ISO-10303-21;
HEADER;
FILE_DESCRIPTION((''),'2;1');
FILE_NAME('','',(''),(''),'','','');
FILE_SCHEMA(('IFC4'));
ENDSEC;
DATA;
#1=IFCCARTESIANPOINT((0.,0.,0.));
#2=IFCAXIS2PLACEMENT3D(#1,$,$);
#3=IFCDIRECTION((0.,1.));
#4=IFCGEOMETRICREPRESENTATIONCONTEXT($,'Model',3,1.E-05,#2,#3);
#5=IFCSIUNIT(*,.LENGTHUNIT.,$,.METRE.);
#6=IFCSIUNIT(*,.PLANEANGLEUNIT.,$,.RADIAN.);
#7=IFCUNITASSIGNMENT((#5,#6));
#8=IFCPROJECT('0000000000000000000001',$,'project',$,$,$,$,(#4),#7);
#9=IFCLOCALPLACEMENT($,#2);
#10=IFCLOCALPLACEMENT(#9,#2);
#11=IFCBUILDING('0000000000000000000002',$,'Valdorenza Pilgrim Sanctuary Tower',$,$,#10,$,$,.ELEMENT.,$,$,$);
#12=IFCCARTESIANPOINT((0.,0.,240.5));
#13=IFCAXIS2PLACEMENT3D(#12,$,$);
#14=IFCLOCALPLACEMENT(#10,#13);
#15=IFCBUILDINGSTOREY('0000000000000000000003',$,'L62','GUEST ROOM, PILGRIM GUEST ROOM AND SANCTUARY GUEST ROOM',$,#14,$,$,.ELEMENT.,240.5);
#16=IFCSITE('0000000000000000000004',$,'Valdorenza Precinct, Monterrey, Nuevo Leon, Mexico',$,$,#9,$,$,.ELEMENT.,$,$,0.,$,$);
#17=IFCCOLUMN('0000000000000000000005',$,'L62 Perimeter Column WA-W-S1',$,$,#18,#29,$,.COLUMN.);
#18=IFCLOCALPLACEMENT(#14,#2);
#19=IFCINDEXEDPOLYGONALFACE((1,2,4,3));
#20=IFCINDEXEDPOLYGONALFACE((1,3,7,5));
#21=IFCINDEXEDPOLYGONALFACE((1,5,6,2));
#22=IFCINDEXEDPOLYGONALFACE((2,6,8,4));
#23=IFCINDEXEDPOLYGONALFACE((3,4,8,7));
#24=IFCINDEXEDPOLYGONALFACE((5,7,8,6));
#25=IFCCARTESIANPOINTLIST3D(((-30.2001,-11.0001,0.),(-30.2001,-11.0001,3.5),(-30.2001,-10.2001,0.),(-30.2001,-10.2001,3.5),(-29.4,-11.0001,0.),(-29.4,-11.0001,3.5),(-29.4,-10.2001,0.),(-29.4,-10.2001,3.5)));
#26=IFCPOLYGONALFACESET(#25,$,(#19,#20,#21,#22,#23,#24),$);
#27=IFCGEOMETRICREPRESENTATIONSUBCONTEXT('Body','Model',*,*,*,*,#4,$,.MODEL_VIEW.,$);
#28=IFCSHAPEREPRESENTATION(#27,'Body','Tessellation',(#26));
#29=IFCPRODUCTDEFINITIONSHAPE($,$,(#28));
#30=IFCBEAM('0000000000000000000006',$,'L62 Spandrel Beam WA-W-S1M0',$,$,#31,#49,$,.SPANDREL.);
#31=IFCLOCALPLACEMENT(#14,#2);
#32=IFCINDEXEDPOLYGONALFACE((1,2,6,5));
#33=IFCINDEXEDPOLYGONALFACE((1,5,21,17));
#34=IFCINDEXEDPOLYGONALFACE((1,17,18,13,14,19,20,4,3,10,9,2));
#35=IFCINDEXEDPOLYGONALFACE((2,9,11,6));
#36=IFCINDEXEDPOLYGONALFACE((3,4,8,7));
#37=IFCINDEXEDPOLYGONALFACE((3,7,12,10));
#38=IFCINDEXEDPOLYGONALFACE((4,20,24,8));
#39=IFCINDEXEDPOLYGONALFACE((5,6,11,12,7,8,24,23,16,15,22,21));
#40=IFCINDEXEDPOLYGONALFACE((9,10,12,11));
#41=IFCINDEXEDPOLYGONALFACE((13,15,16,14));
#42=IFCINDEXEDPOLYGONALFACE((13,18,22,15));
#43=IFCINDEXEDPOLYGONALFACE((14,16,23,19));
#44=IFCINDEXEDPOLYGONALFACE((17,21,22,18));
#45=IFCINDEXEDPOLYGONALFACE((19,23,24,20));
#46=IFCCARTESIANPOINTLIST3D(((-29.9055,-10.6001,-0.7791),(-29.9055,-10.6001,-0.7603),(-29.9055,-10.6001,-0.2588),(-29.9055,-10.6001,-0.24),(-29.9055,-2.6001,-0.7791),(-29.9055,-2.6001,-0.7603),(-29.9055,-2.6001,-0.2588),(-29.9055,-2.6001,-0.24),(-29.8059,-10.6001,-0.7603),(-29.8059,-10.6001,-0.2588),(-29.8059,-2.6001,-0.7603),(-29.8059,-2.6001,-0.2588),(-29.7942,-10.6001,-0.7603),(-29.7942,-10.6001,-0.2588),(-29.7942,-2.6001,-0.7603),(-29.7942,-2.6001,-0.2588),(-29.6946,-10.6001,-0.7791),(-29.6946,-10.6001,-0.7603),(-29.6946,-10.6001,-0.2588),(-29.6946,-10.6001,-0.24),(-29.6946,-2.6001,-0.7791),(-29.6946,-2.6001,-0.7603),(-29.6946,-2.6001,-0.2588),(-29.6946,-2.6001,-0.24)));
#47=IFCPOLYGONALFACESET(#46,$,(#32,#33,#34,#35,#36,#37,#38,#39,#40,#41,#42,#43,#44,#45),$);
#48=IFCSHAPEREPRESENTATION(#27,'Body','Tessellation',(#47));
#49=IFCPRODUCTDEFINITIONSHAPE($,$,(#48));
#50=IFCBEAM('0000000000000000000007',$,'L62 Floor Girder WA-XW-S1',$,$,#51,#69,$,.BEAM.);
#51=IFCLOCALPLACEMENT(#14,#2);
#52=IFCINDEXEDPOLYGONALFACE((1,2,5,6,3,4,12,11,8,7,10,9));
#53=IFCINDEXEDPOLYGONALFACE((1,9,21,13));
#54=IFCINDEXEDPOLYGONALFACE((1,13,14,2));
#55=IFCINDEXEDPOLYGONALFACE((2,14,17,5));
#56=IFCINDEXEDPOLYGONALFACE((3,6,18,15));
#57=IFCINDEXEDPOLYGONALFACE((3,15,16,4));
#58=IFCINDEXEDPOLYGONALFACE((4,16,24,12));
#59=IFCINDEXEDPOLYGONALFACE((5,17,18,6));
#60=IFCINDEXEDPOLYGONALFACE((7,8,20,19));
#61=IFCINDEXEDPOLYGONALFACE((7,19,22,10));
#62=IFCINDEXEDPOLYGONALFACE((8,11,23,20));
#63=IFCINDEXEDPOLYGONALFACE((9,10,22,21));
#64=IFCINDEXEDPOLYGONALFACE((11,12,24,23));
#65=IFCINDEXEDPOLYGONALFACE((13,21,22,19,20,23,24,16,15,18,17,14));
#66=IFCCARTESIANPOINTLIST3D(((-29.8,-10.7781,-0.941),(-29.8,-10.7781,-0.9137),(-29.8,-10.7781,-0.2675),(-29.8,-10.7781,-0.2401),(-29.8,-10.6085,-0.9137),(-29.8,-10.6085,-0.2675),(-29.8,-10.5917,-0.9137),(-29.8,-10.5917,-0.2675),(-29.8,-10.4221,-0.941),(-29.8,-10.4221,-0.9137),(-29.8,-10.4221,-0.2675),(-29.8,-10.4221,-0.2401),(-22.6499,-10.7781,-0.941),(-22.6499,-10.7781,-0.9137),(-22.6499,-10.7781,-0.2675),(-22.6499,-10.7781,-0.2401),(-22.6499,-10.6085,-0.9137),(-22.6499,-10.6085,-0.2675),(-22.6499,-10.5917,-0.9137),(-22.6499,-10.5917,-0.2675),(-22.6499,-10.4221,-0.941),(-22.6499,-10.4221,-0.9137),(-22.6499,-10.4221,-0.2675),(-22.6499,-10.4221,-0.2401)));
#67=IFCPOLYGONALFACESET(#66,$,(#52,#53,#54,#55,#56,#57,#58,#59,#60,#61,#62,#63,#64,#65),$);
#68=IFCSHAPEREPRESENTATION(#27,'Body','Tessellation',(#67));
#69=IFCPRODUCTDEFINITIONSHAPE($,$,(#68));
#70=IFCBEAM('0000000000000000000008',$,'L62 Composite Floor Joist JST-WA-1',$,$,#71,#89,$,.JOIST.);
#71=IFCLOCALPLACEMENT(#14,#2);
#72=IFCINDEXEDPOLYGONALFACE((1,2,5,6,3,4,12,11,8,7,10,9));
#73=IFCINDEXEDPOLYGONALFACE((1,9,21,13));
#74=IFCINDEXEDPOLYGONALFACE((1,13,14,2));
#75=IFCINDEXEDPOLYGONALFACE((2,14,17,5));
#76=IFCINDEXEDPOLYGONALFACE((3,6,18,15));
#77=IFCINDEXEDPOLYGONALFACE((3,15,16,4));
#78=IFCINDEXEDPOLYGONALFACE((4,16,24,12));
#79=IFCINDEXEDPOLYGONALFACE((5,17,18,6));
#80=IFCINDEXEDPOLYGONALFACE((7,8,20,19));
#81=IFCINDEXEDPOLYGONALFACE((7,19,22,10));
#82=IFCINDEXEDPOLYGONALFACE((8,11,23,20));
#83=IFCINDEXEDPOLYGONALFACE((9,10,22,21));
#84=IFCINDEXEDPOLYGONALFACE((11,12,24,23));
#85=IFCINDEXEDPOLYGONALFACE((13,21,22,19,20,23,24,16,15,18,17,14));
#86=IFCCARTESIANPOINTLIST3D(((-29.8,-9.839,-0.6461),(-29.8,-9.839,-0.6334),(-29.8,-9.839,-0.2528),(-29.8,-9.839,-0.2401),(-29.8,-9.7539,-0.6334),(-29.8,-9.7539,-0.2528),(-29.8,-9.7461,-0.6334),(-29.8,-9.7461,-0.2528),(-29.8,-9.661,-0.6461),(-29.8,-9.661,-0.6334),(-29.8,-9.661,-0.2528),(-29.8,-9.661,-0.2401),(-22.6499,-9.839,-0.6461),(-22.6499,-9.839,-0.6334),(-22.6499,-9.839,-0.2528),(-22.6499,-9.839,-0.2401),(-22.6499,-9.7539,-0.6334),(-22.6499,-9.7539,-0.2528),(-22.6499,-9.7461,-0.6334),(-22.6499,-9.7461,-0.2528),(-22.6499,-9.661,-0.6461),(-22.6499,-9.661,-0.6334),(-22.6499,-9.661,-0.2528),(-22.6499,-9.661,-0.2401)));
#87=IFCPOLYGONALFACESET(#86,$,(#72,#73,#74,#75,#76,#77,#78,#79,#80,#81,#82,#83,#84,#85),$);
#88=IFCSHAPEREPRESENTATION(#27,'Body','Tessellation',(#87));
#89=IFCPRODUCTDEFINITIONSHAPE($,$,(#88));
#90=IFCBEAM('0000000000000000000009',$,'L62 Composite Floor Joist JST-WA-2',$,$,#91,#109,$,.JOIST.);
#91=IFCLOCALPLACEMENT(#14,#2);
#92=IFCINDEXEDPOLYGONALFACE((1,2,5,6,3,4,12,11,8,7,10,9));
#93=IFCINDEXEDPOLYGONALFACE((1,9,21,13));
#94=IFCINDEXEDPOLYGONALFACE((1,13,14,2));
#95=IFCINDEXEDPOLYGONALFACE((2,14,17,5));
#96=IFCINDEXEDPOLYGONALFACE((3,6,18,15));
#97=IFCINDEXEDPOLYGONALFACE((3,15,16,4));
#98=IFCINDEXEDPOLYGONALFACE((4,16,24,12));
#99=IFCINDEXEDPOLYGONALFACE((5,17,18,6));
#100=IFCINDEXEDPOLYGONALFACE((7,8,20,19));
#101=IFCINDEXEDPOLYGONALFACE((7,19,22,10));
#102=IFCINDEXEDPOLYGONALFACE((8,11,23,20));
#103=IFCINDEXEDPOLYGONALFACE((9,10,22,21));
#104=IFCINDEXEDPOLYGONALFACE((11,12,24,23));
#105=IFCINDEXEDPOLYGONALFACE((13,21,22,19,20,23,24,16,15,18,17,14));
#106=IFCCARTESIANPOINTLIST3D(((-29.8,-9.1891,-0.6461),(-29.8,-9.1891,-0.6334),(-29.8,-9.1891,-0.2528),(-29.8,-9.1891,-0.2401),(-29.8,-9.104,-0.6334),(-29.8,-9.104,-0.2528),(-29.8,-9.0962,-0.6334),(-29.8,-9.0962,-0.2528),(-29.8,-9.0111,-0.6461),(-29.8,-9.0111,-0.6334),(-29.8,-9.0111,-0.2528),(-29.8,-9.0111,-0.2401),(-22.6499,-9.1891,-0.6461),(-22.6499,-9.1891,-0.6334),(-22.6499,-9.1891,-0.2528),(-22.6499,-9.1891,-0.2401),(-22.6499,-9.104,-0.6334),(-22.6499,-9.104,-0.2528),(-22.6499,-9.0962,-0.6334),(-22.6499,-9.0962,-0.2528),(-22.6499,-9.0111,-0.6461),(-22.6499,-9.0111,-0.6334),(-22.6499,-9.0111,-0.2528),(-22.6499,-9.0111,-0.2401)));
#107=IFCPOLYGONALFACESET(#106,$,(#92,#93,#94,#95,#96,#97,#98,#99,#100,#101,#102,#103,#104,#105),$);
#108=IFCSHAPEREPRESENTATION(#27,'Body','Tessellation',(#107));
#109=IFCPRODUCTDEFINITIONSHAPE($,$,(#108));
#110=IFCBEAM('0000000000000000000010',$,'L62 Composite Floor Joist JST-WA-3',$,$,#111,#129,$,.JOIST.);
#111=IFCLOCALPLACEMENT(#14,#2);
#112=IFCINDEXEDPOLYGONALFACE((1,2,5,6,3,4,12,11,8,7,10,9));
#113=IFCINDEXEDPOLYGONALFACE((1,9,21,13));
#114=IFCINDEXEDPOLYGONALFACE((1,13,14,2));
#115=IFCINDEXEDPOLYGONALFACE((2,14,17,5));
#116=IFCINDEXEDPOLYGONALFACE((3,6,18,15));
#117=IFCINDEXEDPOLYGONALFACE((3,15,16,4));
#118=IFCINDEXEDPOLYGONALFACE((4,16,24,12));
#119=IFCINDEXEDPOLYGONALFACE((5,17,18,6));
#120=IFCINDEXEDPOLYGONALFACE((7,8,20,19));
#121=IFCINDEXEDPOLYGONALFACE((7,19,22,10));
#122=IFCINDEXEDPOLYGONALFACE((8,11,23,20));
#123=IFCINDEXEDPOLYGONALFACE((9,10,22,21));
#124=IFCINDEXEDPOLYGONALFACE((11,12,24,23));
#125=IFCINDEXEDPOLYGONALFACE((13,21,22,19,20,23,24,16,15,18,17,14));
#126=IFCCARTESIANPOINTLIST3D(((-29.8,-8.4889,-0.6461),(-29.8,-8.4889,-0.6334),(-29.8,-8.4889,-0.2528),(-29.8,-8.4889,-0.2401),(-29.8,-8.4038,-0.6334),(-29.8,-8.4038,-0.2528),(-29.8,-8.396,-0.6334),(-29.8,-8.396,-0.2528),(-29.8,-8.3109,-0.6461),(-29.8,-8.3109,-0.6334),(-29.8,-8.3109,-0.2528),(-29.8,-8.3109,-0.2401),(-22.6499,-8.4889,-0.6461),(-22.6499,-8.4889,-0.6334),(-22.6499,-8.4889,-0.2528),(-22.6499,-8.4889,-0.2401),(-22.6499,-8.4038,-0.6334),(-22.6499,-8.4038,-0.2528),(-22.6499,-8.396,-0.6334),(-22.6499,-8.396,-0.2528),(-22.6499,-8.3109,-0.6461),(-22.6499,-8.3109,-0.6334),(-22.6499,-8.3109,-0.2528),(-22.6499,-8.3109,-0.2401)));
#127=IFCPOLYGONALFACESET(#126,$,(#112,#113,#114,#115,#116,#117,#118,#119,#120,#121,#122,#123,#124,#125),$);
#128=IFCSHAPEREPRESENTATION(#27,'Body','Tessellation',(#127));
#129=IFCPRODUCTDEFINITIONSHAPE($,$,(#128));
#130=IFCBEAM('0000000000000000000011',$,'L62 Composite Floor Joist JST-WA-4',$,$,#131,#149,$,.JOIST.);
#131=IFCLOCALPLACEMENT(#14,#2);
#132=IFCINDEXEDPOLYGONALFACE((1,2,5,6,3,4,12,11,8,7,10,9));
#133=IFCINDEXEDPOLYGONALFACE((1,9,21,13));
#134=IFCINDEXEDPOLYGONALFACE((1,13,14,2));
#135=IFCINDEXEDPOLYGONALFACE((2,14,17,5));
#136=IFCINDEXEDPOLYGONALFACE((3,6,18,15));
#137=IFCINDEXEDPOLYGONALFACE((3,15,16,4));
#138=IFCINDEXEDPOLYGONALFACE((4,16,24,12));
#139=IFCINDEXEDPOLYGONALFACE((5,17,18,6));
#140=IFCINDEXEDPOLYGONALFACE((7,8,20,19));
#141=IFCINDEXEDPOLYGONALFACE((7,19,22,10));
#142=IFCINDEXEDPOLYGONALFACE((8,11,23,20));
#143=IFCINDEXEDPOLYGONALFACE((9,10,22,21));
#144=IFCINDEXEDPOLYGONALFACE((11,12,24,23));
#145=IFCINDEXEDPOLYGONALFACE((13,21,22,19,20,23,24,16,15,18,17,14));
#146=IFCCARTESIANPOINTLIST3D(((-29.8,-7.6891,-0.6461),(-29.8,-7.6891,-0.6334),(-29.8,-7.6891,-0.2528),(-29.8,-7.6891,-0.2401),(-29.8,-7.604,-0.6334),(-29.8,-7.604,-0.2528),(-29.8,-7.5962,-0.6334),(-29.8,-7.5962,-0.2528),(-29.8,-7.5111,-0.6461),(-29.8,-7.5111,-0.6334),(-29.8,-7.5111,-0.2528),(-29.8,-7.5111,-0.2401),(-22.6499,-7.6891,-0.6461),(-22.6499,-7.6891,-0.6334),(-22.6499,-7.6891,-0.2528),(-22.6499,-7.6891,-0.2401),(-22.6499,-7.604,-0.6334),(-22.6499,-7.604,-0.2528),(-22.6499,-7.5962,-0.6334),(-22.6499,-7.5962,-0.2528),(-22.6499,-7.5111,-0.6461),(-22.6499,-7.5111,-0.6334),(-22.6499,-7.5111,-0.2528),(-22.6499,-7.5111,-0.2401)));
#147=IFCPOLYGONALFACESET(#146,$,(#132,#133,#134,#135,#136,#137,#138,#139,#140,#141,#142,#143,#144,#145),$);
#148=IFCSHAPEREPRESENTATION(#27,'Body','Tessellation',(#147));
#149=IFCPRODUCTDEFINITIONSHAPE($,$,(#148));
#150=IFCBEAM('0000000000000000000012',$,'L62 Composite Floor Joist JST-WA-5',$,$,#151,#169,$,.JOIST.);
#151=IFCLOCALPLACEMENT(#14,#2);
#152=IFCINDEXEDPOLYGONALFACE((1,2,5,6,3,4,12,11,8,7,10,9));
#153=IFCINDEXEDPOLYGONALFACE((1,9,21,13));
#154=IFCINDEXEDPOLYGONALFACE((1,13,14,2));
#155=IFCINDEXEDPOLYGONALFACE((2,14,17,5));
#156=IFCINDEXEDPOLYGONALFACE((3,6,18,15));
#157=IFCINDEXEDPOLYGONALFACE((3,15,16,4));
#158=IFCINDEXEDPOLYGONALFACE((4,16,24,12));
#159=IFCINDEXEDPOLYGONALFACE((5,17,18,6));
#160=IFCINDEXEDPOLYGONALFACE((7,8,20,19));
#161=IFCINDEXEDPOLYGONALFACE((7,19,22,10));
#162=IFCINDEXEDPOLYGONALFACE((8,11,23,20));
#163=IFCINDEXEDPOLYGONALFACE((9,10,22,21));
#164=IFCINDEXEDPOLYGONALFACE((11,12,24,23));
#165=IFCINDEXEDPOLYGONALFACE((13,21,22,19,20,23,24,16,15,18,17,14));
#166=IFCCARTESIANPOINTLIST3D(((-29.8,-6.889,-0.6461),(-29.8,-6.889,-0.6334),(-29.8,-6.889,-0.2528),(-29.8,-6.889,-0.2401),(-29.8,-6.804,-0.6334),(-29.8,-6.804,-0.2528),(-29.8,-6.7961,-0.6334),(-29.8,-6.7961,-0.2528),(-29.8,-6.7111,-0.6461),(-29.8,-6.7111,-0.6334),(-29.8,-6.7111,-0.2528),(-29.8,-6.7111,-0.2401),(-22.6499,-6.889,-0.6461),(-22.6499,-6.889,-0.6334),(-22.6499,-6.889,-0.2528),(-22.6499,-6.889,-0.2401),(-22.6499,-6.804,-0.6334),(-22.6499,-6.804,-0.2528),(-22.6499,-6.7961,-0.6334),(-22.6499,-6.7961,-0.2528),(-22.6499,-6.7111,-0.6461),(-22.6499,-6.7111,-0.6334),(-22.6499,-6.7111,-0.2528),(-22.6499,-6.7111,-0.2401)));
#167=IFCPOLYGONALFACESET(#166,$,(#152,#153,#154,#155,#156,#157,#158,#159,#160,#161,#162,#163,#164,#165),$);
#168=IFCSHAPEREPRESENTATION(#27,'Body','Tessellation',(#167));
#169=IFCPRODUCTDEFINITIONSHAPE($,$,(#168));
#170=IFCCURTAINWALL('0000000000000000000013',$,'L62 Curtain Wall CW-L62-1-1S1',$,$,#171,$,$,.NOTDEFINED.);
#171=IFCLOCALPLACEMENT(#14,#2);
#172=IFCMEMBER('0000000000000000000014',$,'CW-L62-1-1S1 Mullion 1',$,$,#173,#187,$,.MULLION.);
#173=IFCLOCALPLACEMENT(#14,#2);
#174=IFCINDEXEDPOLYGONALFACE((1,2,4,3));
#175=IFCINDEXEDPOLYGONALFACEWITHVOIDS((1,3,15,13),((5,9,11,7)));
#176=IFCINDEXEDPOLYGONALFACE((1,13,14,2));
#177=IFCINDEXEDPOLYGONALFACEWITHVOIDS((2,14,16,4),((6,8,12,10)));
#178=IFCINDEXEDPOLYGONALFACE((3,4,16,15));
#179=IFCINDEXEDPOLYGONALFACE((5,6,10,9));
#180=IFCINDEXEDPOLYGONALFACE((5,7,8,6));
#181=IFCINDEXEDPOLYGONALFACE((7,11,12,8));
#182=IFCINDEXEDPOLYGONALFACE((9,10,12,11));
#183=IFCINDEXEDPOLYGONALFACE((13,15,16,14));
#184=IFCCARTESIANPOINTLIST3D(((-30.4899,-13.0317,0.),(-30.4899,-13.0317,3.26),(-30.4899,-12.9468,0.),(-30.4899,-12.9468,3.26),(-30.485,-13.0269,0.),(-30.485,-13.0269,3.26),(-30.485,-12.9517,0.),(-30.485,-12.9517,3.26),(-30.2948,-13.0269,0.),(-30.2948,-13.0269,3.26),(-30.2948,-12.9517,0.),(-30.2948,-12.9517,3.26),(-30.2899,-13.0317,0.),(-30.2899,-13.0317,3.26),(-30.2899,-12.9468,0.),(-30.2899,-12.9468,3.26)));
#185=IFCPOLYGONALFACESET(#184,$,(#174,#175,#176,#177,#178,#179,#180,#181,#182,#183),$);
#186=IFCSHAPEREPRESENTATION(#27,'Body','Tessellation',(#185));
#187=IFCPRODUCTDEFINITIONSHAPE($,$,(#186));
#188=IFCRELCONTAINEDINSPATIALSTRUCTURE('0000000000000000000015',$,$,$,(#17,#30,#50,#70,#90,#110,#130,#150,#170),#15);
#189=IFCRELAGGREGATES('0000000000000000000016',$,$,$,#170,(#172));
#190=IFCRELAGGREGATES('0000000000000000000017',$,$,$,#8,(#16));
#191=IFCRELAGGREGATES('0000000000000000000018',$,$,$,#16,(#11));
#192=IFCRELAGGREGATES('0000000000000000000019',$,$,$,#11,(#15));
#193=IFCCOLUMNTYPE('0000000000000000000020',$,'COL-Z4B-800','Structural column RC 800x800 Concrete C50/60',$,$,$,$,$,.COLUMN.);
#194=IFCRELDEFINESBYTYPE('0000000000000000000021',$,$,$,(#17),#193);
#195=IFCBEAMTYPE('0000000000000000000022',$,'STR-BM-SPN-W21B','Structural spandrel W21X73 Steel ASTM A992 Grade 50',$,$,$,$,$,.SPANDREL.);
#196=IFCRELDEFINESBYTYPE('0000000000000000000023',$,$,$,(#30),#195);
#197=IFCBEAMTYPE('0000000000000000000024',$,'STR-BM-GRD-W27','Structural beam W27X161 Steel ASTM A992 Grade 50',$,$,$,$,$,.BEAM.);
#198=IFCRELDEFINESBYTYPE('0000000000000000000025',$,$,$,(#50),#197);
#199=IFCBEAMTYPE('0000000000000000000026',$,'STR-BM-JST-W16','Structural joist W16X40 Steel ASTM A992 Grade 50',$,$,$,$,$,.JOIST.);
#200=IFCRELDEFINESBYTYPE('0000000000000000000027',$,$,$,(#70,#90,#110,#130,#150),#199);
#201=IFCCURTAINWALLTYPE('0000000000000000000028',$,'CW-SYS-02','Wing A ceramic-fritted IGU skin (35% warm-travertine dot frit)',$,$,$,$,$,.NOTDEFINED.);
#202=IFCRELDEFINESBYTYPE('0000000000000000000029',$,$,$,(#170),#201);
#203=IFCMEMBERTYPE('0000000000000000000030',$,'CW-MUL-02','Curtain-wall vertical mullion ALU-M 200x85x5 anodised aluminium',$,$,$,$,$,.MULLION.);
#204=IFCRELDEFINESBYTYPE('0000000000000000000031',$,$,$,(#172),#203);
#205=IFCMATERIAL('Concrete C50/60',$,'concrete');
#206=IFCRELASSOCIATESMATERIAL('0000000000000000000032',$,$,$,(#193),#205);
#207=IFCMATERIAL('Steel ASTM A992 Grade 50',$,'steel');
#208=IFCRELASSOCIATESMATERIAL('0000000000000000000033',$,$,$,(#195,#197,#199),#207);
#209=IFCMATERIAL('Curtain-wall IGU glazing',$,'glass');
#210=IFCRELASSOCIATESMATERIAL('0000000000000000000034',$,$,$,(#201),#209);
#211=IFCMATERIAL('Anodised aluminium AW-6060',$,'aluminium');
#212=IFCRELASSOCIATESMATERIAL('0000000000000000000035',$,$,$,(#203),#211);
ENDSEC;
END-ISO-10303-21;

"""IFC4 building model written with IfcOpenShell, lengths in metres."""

from ifc_helpers import new_model, si_unit, direction, frame, origin, origin_2d, place, context, subcontext, project, spatial, rectangle, hollow_rectangle, i_section, extrude, source, transform, mapped, material, material_profile, profile_set, type_object, element, aggregate, save


model = new_model("IFC4")

# Units and contexts
model_context = context("Model", 3, precision=1e-05, world=origin(), true_north=direction((0.0, 1.0)))
body_context = subcontext(model_context, "Body", "Model", "MODEL_VIEW")
ifc_project = project(units=[si_unit("LENGTHUNIT", "METRE"), si_unit("PLANEANGLEUNIT", "RADIAN")], contexts=[model_context])

# Site, building, storey
site_placement = place(None, origin())
site = spatial("IfcSite", under=ifc_project, at=site_placement, Name="Valdorenza Precinct, Monterrey, Nuevo Leon, Mexico", CompositionType="ELEMENT", RefElevation=0.0)
building_placement = place(site_placement, origin())
building = spatial("IfcBuilding", under=site, at=building_placement, Name="Valdorenza Pilgrim Sanctuary Tower", CompositionType="ELEMENT")
storey_placement = place(building_placement, frame((0.0, 0.0, 240.5)))
storey = spatial("IfcBuildingStorey", under=building, at=storey_placement, Name="L62", Description="GUEST ROOM, PILGRIM GUEST ROOM AND SANCTUARY GUEST ROOM", CompositionType="ELEMENT", Elevation=240.5)

# Column
ifc_material_1 = material(Name="Concrete C50/60", Category="concrete")
ifc_material_profile_1 = material_profile(ifc_material_1, rectangle(XDim=0.8, YDim=0.8, at=origin_2d()), Name="RC 800x800")
ifc_profile_set_1 = profile_set([ifc_material_profile_1], Name="Concrete C50/60")
column_type = type_object("IfcColumnType", Name="COL-Z4B-800", Description="Structural column RC 800x800 Concrete C50/60", PredefinedType="COLUMN", material=ifc_profile_set_1)
shared_shape_1 = source(origin(), body_context, "Body", "SweptSolid", [
    extrude(rectangle(XDim=0.8, YDim=0.8, at=origin_2d()), origin(), (0.0, 0.0, 1.0), 3.5),
])
column_placement = place(storey_placement, frame((-29.8, -10.6001, 0.0), z_axis=(0.0, 0.0, 1.0), x_axis=(1.0, 0.0, 0.0)))
element("IfcColumn", 1, at=column_placement, inside=storey, type_object=column_type, Name="L62 Perimeter Column WA-W-S1", PredefinedType="COLUMN", context=body_context, shape_type="MappedRepresentation", body=[
    mapped(shared_shape_1, transform((0.0, 0.0, 0.0), x_axis=(1.0, 0.0, 0.0), y_axis=(0.0, 1.0, 0.0), z_axis=(0.0, 0.0, 1.0), scale=1.0)),
])

# Beams
ifc_material_2 = material(Name="Steel ASTM A992 Grade 50", Category="steel")
ifc_material_profile_2 = material_profile(ifc_material_2, i_section(OverallWidth=0.2109, OverallDepth=0.5391, WebThickness=0.0117, FlangeThickness=0.0188, at=origin_2d()), Name="W21X73")
ifc_profile_set_2 = profile_set([ifc_material_profile_2], Name="Steel ASTM A992 Grade 50")
beam_type_1 = type_object("IfcBeamType", Name="STR-BM-SPN-W21B", Description="Structural spandrel W21X73 Steel ASTM A992 Grade 50", PredefinedType="SPANDREL", material=ifc_profile_set_2)
shared_shape_2 = source(origin(), body_context, "Body", "SweptSolid", [
    extrude(i_section(OverallWidth=0.2109, OverallDepth=0.5391, WebThickness=0.0117, FlangeThickness=0.0188, at=origin_2d()), origin(), (0.0, 0.0, 1.0), 8.0),
])
beam_1_placement = place(storey_placement, frame((-29.8, -10.6001, -0.5095), z_axis=(0.0, 1.0, 0.0), x_axis=(-1.0, 0.0, 0.0)))
element("IfcBeam", 2, at=beam_1_placement, inside=storey, type_object=beam_type_1, Name="L62 Spandrel Beam WA-W-S1M0", PredefinedType="SPANDREL", context=body_context, shape_type="MappedRepresentation", body=[
    mapped(shared_shape_2, transform((0.0, 0.0, 0.0), x_axis=(1.0, 0.0, 0.0), y_axis=(0.0, 1.0, 0.0), z_axis=(0.0, 0.0, 1.0), scale=1.0)),
])
ifc_material_profile_3 = material_profile(ifc_material_2, i_section(OverallWidth=0.356, OverallDepth=0.7009, WebThickness=0.0168, FlangeThickness=0.0273, at=origin_2d()), Name="W27X161")
ifc_profile_set_3 = profile_set([ifc_material_profile_3], Name="Steel ASTM A992 Grade 50")
beam_type_2 = type_object("IfcBeamType", Name="STR-BM-GRD-W27", Description="Structural beam W27X161 Steel ASTM A992 Grade 50", PredefinedType="BEAM", material=ifc_profile_set_3)
shared_shape_3 = source(origin(), body_context, "Body", "SweptSolid", [
    extrude(i_section(OverallWidth=0.356, OverallDepth=0.7009, WebThickness=0.0168, FlangeThickness=0.0273, at=origin_2d()), origin(), (0.0, 0.0, 1.0), 7.1501),
])
beam_2_placement = place(storey_placement, frame((-29.8, -10.6001, -0.5906), z_axis=(1.0, 0.0, 0.0), x_axis=(0.0, 1.0, 0.0)))
element("IfcBeam", 3, at=beam_2_placement, inside=storey, type_object=beam_type_2, Name="L62 Floor Girder WA-XW-S1", PredefinedType="BEAM", context=body_context, shape_type="MappedRepresentation", body=[
    mapped(shared_shape_3, transform((0.0, 0.0, 0.0), x_axis=(1.0, 0.0, 0.0), y_axis=(0.0, 1.0, 0.0), z_axis=(0.0, 0.0, 1.0), scale=1.0)),
])
ifc_material_profile_4 = material_profile(ifc_material_2, i_section(OverallWidth=0.178, OverallDepth=0.406, WebThickness=0.0078, FlangeThickness=0.0127, at=origin_2d()), Name="W16X40")
ifc_profile_set_4 = profile_set([ifc_material_profile_4], Name="Steel ASTM A992 Grade 50")
beam_type_3 = type_object("IfcBeamType", Name="STR-BM-JST-W16", Description="Structural joist W16X40 Steel ASTM A992 Grade 50", PredefinedType="JOIST", material=ifc_profile_set_4)
shared_shape_4 = source(origin(), body_context, "Body", "SweptSolid", [
    extrude(i_section(OverallWidth=0.178, OverallDepth=0.406, WebThickness=0.0078, FlangeThickness=0.0127, at=origin_2d()), origin(), (0.0, 0.0, 1.0), 7.1501),
])
for number, where, z_axis, x_axis, name in (
    (4, (-29.8, -9.75, -0.4431), (1.0, 0.0, 0.0), (0.0, 1.0, 0.0), "L62 Composite Floor Joist JST-WA-1"),
    (5, (-29.8, -9.1001, -0.4431), (1.0, 0.0, 0.0), (0.0, 1.0, 0.0), "L62 Composite Floor Joist JST-WA-2"),
    (6, (-29.8, -8.3999, -0.4431), (1.0, 0.0, 0.0), (0.0, 1.0, 0.0), "L62 Composite Floor Joist JST-WA-3"),
    (7, (-29.8, -7.6001, -0.4431), (1.0, 0.0, 0.0), (0.0, 1.0, 0.0), "L62 Composite Floor Joist JST-WA-4"),
    (8, (-29.8, -6.8, -0.4431), (1.0, 0.0, 0.0), (0.0, 1.0, 0.0), "L62 Composite Floor Joist JST-WA-5"),
):
    element("IfcBeam", number, at=place(storey_placement, frame(where, z_axis=z_axis, x_axis=x_axis)), inside=storey, type_object=beam_type_3, Name=name, PredefinedType="JOIST", context=body_context, shape_type="MappedRepresentation", body=[
        mapped(shared_shape_4, transform((0.0, 0.0, 0.0), x_axis=(1.0, 0.0, 0.0), y_axis=(0.0, 1.0, 0.0), z_axis=(0.0, 0.0, 1.0), scale=1.0)),
    ])

# Curtain wall, member
ifc_material_3 = material(Name="Curtain-wall IGU glazing", Category="glass")
curtain_wall_type = type_object("IfcCurtainWallType", Name="CW-SYS-02", Description="Wing A ceramic-fritted IGU skin (35% warm-travertine dot frit)", PredefinedType="NOTDEFINED", material=ifc_material_3)
curtain_wall_placement = place(storey_placement, origin())
curtain_wall = element("IfcCurtainWall", 9, at=curtain_wall_placement, inside=storey, type_object=curtain_wall_type, Name="L62 Curtain Wall CW-L62-1-1S1", PredefinedType="NOTDEFINED")
ifc_material_4 = material(Name="Anodised aluminium AW-6060", Category="aluminium")
ifc_material_profile_5 = material_profile(ifc_material_4, hollow_rectangle(XDim=0.085, YDim=0.2, WallThickness=0.0049, at=origin_2d()), Name="ALU-M 200x85x5")
ifc_profile_set_5 = profile_set([ifc_material_profile_5], Name="Anodised aluminium AW-6060")
member_type_1 = type_object("IfcMemberType", Name="CW-MUL-02", Description="Curtain-wall vertical mullion ALU-M 200x85x5 anodised aluminium", PredefinedType="MULLION", material=ifc_profile_set_5)
shared_shape_5 = source(origin(), body_context, "Body", "SweptSolid", [
    extrude(hollow_rectangle(XDim=0.085, YDim=0.2, WallThickness=0.0049, at=origin_2d()), origin(), (0.0, 0.0, 1.0), 3.26),
])
member_1_placement = place(storey_placement, frame((-30.3899, -12.9893, 0.0), z_axis=(0.0, 0.0, 1.0), x_axis=(0.0, 1.0, 0.0)))
member_1 = element("IfcMember", 10, at=member_1_placement, type_object=member_type_1, Name="CW-L62-1-1S1 Mullion 1", PredefinedType="MULLION", context=body_context, shape_type="MappedRepresentation", body=[
    mapped(shared_shape_5, transform((0.0, 0.0, 0.0), x_axis=(1.0, 0.0, 0.0), y_axis=(0.0, 1.0, 0.0), z_axis=(0.0, 0.0, 1.0), scale=1.0)),
])
aggregate(curtain_wall, [member_1])

save(model, "model.ifc")
